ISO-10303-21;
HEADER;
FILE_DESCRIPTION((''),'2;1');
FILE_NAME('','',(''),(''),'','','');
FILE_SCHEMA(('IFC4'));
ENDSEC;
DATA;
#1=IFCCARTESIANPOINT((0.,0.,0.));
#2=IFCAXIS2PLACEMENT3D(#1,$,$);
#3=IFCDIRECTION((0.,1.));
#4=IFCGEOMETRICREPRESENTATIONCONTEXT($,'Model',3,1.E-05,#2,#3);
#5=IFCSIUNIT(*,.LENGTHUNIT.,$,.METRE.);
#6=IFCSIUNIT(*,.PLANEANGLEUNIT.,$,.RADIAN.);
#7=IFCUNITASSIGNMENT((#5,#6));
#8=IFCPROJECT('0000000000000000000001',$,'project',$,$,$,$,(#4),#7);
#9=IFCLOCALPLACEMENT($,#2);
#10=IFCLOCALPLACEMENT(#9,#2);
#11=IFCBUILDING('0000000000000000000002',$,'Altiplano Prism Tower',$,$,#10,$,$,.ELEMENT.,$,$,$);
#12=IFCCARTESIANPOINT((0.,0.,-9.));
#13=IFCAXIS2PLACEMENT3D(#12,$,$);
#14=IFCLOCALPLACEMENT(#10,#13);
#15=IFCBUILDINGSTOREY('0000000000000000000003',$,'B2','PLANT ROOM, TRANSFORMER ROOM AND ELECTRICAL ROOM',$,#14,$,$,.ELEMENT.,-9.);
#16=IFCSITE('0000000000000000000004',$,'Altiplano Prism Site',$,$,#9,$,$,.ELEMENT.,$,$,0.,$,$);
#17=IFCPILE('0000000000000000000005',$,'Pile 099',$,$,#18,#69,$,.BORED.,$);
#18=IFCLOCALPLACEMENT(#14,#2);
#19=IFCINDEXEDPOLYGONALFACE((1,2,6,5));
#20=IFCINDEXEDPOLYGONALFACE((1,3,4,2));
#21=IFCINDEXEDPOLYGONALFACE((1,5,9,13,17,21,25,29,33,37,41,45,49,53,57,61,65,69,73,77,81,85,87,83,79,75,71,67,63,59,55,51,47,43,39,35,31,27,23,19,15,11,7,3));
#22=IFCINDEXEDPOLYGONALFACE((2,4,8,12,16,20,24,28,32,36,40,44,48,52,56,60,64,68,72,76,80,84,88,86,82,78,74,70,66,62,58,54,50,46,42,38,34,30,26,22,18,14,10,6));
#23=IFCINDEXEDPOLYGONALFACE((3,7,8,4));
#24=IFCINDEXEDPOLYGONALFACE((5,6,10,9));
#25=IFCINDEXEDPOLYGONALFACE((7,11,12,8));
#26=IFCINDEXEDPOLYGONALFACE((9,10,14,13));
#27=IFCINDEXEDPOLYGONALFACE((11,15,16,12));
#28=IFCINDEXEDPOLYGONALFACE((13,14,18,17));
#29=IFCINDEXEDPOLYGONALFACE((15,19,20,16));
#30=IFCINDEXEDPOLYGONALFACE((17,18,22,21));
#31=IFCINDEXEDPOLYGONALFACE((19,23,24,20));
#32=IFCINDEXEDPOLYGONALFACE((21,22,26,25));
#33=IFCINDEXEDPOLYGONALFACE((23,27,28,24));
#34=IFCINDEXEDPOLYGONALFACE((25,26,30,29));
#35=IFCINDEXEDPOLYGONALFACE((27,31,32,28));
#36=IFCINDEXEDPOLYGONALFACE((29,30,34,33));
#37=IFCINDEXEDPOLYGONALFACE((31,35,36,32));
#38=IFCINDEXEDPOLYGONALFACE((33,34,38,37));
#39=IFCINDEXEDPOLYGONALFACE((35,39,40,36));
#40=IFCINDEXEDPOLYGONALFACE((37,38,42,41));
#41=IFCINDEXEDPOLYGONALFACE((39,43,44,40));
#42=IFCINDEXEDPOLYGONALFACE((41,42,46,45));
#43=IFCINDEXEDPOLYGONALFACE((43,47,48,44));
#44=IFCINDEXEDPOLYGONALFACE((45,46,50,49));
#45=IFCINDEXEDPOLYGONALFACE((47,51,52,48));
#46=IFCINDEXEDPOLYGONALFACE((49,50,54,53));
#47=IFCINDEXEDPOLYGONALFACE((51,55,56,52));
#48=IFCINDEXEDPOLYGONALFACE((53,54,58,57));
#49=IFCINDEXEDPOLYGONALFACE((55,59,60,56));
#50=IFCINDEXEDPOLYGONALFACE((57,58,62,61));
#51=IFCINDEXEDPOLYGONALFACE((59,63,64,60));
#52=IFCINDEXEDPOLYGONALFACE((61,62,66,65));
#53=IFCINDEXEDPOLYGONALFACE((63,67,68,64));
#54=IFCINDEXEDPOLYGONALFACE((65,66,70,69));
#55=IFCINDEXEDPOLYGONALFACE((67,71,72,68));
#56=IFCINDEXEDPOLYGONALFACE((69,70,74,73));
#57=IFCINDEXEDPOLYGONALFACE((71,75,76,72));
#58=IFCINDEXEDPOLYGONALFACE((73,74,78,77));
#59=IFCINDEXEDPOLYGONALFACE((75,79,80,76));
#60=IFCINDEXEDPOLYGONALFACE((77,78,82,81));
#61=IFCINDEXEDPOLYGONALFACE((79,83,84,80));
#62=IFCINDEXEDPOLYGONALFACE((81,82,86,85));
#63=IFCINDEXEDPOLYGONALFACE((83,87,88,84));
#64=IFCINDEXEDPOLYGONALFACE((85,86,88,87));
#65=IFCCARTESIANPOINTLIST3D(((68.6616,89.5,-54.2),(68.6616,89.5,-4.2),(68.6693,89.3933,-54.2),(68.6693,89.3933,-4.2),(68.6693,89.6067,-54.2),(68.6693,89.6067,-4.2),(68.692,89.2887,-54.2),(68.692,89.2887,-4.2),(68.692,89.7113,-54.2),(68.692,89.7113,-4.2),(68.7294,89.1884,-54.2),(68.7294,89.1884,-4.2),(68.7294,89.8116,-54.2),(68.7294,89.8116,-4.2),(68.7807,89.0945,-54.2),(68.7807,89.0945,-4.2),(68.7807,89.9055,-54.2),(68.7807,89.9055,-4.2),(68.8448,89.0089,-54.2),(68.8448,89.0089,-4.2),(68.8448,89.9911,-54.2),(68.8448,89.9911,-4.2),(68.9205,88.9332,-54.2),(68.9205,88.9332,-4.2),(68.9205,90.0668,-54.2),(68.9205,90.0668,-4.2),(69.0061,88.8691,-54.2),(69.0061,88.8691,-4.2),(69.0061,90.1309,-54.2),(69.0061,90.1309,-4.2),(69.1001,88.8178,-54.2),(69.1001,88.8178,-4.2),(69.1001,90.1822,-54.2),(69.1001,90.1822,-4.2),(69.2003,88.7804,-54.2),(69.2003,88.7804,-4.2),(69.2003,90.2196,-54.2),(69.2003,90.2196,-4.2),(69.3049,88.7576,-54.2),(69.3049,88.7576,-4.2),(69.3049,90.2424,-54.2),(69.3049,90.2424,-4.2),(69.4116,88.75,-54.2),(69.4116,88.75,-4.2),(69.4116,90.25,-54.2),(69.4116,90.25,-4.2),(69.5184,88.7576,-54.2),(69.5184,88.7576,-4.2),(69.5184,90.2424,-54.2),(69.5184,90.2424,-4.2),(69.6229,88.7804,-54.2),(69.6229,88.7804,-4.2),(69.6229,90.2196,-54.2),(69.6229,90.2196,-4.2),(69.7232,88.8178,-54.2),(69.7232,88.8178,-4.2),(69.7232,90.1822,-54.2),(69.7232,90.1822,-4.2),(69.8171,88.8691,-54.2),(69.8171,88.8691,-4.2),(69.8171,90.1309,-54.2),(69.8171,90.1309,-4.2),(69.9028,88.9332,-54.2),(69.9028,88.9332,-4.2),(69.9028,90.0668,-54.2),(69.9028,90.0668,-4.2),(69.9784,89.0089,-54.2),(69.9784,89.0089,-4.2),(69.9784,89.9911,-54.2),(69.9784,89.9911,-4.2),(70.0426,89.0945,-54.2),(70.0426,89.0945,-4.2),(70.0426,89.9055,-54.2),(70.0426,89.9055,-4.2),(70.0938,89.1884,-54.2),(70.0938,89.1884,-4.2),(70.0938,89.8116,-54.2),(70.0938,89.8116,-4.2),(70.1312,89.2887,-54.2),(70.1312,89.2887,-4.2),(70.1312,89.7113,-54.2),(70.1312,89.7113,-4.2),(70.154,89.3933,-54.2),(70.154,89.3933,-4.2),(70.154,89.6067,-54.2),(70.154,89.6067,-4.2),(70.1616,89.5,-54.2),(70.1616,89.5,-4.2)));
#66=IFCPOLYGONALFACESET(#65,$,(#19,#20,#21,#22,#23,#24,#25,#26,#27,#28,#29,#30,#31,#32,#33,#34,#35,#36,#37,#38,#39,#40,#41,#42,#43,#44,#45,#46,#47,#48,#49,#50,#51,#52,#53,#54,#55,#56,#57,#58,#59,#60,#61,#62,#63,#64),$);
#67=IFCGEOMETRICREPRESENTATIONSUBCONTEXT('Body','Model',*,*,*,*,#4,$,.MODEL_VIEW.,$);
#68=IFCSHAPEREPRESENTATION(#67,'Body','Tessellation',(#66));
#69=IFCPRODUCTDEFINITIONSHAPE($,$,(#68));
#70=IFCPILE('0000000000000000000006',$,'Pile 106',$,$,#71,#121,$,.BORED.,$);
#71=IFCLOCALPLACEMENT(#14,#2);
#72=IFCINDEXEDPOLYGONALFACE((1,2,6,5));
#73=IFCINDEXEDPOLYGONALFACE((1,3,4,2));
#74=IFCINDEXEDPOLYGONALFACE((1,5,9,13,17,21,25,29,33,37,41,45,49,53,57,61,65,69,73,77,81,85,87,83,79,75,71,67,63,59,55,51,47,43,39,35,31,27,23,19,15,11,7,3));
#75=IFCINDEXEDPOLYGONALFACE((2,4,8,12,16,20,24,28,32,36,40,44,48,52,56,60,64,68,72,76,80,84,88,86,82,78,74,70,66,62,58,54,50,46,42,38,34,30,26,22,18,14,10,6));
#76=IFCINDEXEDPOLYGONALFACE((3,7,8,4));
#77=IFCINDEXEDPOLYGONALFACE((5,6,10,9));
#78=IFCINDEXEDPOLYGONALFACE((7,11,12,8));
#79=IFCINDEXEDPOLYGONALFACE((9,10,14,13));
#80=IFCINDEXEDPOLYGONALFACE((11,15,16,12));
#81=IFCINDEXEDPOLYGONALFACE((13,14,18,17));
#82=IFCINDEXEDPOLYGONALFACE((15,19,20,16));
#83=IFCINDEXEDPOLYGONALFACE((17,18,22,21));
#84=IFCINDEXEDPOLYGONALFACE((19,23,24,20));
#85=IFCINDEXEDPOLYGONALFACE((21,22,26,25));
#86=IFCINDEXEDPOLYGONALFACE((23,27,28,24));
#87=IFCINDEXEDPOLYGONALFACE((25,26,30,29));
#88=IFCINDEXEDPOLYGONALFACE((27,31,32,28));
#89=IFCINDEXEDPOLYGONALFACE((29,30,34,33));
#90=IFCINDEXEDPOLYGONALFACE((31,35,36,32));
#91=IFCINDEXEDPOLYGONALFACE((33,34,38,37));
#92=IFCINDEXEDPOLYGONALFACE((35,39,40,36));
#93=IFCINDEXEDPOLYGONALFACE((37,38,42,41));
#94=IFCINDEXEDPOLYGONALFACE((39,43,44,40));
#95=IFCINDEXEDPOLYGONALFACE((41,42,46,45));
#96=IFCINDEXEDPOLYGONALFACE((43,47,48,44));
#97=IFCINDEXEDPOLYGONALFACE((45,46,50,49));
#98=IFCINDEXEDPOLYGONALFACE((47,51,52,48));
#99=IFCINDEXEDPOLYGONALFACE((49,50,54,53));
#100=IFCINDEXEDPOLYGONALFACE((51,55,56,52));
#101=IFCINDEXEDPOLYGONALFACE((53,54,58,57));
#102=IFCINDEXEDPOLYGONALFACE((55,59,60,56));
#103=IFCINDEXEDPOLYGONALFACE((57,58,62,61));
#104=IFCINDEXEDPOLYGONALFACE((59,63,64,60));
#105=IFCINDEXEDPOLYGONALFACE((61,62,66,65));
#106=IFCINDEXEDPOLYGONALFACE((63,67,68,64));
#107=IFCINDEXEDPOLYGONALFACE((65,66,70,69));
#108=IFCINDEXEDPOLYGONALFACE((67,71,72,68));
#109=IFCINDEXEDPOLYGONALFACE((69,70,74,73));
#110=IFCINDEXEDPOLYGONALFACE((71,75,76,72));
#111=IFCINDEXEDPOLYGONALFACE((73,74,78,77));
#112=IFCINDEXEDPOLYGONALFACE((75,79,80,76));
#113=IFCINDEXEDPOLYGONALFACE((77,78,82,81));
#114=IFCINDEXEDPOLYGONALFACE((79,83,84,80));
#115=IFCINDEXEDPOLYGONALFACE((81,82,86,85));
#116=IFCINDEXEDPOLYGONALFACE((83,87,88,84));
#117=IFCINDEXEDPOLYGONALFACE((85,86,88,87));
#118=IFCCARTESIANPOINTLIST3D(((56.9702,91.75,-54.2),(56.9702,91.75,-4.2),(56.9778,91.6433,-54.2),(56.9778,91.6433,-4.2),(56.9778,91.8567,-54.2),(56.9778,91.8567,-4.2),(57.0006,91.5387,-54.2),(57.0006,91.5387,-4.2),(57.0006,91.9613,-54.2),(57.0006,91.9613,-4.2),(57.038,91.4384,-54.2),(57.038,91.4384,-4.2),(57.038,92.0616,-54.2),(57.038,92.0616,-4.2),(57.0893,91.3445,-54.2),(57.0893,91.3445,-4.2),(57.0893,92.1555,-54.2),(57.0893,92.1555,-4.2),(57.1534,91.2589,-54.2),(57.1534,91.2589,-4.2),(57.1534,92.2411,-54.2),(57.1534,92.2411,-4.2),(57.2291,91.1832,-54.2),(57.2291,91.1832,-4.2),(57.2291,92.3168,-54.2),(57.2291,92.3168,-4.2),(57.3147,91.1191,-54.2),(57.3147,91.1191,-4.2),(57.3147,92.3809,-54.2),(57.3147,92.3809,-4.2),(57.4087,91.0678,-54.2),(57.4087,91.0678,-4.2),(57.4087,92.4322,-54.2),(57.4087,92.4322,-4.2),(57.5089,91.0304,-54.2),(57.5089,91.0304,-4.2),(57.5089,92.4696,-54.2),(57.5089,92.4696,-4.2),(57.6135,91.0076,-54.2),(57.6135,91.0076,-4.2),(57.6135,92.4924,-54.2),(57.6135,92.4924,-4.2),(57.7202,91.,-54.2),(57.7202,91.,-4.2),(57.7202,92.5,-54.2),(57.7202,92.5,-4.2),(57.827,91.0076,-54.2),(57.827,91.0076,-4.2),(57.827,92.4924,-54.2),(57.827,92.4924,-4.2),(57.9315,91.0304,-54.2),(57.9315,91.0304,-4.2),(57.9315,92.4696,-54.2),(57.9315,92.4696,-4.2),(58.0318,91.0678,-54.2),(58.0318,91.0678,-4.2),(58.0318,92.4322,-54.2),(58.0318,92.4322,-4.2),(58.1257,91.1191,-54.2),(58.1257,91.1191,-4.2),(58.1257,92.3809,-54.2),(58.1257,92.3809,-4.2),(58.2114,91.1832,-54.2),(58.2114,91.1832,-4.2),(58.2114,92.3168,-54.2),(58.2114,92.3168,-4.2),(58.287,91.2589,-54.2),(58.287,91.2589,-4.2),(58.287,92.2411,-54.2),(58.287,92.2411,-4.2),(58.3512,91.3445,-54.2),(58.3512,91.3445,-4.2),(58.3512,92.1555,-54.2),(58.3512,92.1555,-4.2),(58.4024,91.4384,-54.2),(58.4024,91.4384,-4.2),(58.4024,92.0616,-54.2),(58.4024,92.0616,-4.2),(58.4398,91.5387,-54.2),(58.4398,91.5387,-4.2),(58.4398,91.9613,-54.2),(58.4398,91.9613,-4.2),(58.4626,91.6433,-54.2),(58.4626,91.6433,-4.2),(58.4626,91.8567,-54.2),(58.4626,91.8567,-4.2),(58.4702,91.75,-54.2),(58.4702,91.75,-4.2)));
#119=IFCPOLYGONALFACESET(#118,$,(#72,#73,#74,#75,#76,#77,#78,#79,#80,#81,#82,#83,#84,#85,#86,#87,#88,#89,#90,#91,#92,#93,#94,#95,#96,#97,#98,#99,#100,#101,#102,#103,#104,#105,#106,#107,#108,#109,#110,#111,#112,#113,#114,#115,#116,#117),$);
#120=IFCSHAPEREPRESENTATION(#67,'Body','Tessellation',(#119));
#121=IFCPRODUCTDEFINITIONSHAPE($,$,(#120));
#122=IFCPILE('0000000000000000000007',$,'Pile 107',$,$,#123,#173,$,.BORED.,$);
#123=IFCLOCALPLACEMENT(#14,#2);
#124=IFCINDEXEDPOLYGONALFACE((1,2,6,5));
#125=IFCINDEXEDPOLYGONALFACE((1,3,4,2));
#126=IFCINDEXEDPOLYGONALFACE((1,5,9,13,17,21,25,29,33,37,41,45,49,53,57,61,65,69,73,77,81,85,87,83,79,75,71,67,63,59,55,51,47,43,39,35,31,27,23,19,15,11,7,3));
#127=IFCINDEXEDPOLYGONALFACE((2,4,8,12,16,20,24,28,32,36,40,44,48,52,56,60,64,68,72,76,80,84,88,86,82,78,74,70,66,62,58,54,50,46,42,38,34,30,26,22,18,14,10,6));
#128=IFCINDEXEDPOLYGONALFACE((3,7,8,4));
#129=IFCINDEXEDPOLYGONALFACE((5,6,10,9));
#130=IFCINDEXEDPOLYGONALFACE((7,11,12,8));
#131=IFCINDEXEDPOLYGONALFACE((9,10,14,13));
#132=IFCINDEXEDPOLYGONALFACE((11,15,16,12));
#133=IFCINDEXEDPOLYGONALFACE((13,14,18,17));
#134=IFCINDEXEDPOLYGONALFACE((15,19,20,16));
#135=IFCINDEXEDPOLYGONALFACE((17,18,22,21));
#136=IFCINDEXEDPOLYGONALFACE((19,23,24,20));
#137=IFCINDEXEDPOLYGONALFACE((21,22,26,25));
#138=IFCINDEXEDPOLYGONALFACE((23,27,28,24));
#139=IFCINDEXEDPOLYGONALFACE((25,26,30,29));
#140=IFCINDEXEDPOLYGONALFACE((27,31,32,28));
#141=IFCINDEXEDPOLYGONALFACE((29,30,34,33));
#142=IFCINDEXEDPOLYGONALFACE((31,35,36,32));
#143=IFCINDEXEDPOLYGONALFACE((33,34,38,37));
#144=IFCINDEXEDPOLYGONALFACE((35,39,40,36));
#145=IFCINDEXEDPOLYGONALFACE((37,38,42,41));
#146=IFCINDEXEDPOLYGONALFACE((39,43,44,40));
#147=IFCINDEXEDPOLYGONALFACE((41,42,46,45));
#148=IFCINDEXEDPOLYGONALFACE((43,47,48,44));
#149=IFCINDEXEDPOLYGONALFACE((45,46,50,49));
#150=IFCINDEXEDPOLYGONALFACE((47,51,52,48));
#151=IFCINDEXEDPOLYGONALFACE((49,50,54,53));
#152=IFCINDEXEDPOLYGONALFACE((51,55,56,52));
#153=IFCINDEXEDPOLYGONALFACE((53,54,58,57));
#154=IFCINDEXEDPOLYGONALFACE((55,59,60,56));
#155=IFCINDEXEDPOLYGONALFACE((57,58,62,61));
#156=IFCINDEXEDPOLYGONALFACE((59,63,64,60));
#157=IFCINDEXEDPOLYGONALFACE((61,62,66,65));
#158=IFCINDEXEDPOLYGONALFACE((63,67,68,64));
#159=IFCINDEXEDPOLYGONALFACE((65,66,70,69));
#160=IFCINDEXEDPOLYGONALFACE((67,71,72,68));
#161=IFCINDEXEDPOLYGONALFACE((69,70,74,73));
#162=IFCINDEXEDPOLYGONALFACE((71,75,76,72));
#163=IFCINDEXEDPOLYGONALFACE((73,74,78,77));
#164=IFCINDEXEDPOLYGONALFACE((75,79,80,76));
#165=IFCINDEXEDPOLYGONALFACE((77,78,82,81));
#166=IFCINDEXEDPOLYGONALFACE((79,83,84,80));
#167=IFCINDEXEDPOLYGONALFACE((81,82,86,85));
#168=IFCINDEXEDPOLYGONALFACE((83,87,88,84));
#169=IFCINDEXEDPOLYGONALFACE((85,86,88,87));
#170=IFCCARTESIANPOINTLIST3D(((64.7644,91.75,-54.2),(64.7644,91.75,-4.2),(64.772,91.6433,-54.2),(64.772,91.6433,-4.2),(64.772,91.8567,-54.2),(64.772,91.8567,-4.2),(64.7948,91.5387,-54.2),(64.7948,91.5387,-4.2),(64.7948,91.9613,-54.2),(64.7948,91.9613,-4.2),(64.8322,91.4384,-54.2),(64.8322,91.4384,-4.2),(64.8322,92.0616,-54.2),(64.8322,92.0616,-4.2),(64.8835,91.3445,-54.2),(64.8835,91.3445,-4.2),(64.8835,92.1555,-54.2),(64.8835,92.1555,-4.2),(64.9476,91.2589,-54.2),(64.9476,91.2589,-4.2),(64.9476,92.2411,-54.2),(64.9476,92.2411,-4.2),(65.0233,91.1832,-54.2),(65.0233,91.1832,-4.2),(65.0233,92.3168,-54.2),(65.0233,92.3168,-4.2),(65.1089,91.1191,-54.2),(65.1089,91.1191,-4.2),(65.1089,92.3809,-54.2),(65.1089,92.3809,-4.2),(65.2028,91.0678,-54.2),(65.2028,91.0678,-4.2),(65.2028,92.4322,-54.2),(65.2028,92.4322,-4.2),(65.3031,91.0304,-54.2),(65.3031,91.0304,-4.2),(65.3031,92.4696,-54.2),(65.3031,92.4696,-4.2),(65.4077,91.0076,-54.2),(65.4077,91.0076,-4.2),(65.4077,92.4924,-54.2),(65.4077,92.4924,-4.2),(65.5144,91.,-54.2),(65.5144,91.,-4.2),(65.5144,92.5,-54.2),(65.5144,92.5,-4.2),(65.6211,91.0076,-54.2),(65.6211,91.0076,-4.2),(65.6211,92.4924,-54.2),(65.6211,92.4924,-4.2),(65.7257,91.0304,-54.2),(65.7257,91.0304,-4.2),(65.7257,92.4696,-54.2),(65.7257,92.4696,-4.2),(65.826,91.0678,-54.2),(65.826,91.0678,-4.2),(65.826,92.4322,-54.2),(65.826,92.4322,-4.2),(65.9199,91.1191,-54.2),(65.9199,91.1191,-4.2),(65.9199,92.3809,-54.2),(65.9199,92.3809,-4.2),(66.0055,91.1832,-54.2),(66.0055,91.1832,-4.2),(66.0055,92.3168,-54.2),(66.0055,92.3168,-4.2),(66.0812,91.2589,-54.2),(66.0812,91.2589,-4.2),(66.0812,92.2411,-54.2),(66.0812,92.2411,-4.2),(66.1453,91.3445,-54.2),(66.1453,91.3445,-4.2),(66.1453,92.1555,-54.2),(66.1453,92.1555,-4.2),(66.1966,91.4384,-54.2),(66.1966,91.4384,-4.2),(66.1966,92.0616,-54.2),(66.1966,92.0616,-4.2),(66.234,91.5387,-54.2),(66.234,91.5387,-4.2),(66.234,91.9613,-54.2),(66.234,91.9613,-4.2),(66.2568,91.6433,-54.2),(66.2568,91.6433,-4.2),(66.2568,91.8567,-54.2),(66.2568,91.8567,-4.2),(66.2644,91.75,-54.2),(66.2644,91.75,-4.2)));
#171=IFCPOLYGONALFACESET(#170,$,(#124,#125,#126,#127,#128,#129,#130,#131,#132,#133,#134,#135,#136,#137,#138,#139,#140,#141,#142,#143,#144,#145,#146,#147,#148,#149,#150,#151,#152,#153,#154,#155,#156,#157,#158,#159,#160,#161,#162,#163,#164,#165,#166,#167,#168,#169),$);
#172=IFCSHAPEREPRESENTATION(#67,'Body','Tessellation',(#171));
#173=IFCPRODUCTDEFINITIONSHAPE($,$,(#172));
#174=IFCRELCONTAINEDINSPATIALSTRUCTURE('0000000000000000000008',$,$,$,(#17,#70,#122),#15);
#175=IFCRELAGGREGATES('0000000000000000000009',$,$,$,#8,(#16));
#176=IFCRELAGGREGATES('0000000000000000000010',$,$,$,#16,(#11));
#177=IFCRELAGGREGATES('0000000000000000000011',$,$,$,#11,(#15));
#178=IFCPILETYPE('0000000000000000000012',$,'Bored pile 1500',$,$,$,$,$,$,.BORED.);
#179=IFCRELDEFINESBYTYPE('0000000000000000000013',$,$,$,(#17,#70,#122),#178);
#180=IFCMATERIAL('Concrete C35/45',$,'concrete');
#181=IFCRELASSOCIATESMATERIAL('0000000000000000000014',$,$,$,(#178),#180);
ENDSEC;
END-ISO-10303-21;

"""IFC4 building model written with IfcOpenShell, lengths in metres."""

from ifc_helpers import new_model, si_unit, direction, frame, origin, origin_2d, place, context, subcontext, project, spatial, circle, extrude, material, material_profile, profile_set, type_object, element, save


model = new_model("IFC4")

# Units and contexts
model_context = context("Model", 3, precision=1e-05, world=origin(), true_north=direction((0.0, 1.0)))
body_context = subcontext(model_context, "Body", "Model", "MODEL_VIEW")
ifc_project = project(units=[si_unit("LENGTHUNIT", "METRE"), si_unit("PLANEANGLEUNIT", "RADIAN")], contexts=[model_context])

# Site, building, storey
site_placement = place(None, origin())
site = spatial("IfcSite", under=ifc_project, at=site_placement, Name="Altiplano Prism Site", CompositionType="ELEMENT", RefElevation=0.0)
building_placement = place(site_placement, origin())
building = spatial("IfcBuilding", under=site, at=building_placement, Name="Altiplano Prism Tower", CompositionType="ELEMENT")
storey_placement = place(building_placement, frame((0.0, 0.0, -9.0)))
storey = spatial("IfcBuildingStorey", under=building, at=storey_placement, Name="B2", Description="PLANT ROOM, TRANSFORMER ROOM AND ELECTRICAL ROOM", CompositionType="ELEMENT", Elevation=-9.0)

# Piles
ifc_material_1 = material(Name="Concrete C35/45", Category="concrete")
ifc_material_profile_1 = material_profile(ifc_material_1, circle(Radius=0.75, at=origin_2d()), Name="Bored pile 1500")
ifc_profile_set_1 = profile_set([ifc_material_profile_1], Name="Concrete C35/45")
pile_type = type_object("IfcPileType", Name="Bored pile 1500", PredefinedType="BORED", material=ifc_profile_set_1)
for number, where, z_axis, x_axis, name in (
    (1, (69.4116, 89.5, -4.2), (0.0, 0.0, -1.0), (1.0, 0.0, 0.0), "Pile 099"),
    (2, (57.7202, 91.75, -4.2), (0.0, 0.0, -1.0), (1.0, 0.0, 0.0), "Pile 106"),
    (3, (65.5144, 91.75, -4.2), (0.0, 0.0, -1.0), (1.0, 0.0, 0.0), "Pile 107"),
):
    element("IfcPile", number, at=place(storey_placement, frame(where, z_axis=z_axis, x_axis=x_axis)), inside=storey, type_object=pile_type, Name=name, PredefinedType="BORED", context=body_context, shape_type="SweptSolid", body=[
        extrude(circle(Radius=0.75, at=origin_2d()), origin(), (0.0, 0.0, 1.0), 50.0),
    ])

save(model, "model.ifc")
